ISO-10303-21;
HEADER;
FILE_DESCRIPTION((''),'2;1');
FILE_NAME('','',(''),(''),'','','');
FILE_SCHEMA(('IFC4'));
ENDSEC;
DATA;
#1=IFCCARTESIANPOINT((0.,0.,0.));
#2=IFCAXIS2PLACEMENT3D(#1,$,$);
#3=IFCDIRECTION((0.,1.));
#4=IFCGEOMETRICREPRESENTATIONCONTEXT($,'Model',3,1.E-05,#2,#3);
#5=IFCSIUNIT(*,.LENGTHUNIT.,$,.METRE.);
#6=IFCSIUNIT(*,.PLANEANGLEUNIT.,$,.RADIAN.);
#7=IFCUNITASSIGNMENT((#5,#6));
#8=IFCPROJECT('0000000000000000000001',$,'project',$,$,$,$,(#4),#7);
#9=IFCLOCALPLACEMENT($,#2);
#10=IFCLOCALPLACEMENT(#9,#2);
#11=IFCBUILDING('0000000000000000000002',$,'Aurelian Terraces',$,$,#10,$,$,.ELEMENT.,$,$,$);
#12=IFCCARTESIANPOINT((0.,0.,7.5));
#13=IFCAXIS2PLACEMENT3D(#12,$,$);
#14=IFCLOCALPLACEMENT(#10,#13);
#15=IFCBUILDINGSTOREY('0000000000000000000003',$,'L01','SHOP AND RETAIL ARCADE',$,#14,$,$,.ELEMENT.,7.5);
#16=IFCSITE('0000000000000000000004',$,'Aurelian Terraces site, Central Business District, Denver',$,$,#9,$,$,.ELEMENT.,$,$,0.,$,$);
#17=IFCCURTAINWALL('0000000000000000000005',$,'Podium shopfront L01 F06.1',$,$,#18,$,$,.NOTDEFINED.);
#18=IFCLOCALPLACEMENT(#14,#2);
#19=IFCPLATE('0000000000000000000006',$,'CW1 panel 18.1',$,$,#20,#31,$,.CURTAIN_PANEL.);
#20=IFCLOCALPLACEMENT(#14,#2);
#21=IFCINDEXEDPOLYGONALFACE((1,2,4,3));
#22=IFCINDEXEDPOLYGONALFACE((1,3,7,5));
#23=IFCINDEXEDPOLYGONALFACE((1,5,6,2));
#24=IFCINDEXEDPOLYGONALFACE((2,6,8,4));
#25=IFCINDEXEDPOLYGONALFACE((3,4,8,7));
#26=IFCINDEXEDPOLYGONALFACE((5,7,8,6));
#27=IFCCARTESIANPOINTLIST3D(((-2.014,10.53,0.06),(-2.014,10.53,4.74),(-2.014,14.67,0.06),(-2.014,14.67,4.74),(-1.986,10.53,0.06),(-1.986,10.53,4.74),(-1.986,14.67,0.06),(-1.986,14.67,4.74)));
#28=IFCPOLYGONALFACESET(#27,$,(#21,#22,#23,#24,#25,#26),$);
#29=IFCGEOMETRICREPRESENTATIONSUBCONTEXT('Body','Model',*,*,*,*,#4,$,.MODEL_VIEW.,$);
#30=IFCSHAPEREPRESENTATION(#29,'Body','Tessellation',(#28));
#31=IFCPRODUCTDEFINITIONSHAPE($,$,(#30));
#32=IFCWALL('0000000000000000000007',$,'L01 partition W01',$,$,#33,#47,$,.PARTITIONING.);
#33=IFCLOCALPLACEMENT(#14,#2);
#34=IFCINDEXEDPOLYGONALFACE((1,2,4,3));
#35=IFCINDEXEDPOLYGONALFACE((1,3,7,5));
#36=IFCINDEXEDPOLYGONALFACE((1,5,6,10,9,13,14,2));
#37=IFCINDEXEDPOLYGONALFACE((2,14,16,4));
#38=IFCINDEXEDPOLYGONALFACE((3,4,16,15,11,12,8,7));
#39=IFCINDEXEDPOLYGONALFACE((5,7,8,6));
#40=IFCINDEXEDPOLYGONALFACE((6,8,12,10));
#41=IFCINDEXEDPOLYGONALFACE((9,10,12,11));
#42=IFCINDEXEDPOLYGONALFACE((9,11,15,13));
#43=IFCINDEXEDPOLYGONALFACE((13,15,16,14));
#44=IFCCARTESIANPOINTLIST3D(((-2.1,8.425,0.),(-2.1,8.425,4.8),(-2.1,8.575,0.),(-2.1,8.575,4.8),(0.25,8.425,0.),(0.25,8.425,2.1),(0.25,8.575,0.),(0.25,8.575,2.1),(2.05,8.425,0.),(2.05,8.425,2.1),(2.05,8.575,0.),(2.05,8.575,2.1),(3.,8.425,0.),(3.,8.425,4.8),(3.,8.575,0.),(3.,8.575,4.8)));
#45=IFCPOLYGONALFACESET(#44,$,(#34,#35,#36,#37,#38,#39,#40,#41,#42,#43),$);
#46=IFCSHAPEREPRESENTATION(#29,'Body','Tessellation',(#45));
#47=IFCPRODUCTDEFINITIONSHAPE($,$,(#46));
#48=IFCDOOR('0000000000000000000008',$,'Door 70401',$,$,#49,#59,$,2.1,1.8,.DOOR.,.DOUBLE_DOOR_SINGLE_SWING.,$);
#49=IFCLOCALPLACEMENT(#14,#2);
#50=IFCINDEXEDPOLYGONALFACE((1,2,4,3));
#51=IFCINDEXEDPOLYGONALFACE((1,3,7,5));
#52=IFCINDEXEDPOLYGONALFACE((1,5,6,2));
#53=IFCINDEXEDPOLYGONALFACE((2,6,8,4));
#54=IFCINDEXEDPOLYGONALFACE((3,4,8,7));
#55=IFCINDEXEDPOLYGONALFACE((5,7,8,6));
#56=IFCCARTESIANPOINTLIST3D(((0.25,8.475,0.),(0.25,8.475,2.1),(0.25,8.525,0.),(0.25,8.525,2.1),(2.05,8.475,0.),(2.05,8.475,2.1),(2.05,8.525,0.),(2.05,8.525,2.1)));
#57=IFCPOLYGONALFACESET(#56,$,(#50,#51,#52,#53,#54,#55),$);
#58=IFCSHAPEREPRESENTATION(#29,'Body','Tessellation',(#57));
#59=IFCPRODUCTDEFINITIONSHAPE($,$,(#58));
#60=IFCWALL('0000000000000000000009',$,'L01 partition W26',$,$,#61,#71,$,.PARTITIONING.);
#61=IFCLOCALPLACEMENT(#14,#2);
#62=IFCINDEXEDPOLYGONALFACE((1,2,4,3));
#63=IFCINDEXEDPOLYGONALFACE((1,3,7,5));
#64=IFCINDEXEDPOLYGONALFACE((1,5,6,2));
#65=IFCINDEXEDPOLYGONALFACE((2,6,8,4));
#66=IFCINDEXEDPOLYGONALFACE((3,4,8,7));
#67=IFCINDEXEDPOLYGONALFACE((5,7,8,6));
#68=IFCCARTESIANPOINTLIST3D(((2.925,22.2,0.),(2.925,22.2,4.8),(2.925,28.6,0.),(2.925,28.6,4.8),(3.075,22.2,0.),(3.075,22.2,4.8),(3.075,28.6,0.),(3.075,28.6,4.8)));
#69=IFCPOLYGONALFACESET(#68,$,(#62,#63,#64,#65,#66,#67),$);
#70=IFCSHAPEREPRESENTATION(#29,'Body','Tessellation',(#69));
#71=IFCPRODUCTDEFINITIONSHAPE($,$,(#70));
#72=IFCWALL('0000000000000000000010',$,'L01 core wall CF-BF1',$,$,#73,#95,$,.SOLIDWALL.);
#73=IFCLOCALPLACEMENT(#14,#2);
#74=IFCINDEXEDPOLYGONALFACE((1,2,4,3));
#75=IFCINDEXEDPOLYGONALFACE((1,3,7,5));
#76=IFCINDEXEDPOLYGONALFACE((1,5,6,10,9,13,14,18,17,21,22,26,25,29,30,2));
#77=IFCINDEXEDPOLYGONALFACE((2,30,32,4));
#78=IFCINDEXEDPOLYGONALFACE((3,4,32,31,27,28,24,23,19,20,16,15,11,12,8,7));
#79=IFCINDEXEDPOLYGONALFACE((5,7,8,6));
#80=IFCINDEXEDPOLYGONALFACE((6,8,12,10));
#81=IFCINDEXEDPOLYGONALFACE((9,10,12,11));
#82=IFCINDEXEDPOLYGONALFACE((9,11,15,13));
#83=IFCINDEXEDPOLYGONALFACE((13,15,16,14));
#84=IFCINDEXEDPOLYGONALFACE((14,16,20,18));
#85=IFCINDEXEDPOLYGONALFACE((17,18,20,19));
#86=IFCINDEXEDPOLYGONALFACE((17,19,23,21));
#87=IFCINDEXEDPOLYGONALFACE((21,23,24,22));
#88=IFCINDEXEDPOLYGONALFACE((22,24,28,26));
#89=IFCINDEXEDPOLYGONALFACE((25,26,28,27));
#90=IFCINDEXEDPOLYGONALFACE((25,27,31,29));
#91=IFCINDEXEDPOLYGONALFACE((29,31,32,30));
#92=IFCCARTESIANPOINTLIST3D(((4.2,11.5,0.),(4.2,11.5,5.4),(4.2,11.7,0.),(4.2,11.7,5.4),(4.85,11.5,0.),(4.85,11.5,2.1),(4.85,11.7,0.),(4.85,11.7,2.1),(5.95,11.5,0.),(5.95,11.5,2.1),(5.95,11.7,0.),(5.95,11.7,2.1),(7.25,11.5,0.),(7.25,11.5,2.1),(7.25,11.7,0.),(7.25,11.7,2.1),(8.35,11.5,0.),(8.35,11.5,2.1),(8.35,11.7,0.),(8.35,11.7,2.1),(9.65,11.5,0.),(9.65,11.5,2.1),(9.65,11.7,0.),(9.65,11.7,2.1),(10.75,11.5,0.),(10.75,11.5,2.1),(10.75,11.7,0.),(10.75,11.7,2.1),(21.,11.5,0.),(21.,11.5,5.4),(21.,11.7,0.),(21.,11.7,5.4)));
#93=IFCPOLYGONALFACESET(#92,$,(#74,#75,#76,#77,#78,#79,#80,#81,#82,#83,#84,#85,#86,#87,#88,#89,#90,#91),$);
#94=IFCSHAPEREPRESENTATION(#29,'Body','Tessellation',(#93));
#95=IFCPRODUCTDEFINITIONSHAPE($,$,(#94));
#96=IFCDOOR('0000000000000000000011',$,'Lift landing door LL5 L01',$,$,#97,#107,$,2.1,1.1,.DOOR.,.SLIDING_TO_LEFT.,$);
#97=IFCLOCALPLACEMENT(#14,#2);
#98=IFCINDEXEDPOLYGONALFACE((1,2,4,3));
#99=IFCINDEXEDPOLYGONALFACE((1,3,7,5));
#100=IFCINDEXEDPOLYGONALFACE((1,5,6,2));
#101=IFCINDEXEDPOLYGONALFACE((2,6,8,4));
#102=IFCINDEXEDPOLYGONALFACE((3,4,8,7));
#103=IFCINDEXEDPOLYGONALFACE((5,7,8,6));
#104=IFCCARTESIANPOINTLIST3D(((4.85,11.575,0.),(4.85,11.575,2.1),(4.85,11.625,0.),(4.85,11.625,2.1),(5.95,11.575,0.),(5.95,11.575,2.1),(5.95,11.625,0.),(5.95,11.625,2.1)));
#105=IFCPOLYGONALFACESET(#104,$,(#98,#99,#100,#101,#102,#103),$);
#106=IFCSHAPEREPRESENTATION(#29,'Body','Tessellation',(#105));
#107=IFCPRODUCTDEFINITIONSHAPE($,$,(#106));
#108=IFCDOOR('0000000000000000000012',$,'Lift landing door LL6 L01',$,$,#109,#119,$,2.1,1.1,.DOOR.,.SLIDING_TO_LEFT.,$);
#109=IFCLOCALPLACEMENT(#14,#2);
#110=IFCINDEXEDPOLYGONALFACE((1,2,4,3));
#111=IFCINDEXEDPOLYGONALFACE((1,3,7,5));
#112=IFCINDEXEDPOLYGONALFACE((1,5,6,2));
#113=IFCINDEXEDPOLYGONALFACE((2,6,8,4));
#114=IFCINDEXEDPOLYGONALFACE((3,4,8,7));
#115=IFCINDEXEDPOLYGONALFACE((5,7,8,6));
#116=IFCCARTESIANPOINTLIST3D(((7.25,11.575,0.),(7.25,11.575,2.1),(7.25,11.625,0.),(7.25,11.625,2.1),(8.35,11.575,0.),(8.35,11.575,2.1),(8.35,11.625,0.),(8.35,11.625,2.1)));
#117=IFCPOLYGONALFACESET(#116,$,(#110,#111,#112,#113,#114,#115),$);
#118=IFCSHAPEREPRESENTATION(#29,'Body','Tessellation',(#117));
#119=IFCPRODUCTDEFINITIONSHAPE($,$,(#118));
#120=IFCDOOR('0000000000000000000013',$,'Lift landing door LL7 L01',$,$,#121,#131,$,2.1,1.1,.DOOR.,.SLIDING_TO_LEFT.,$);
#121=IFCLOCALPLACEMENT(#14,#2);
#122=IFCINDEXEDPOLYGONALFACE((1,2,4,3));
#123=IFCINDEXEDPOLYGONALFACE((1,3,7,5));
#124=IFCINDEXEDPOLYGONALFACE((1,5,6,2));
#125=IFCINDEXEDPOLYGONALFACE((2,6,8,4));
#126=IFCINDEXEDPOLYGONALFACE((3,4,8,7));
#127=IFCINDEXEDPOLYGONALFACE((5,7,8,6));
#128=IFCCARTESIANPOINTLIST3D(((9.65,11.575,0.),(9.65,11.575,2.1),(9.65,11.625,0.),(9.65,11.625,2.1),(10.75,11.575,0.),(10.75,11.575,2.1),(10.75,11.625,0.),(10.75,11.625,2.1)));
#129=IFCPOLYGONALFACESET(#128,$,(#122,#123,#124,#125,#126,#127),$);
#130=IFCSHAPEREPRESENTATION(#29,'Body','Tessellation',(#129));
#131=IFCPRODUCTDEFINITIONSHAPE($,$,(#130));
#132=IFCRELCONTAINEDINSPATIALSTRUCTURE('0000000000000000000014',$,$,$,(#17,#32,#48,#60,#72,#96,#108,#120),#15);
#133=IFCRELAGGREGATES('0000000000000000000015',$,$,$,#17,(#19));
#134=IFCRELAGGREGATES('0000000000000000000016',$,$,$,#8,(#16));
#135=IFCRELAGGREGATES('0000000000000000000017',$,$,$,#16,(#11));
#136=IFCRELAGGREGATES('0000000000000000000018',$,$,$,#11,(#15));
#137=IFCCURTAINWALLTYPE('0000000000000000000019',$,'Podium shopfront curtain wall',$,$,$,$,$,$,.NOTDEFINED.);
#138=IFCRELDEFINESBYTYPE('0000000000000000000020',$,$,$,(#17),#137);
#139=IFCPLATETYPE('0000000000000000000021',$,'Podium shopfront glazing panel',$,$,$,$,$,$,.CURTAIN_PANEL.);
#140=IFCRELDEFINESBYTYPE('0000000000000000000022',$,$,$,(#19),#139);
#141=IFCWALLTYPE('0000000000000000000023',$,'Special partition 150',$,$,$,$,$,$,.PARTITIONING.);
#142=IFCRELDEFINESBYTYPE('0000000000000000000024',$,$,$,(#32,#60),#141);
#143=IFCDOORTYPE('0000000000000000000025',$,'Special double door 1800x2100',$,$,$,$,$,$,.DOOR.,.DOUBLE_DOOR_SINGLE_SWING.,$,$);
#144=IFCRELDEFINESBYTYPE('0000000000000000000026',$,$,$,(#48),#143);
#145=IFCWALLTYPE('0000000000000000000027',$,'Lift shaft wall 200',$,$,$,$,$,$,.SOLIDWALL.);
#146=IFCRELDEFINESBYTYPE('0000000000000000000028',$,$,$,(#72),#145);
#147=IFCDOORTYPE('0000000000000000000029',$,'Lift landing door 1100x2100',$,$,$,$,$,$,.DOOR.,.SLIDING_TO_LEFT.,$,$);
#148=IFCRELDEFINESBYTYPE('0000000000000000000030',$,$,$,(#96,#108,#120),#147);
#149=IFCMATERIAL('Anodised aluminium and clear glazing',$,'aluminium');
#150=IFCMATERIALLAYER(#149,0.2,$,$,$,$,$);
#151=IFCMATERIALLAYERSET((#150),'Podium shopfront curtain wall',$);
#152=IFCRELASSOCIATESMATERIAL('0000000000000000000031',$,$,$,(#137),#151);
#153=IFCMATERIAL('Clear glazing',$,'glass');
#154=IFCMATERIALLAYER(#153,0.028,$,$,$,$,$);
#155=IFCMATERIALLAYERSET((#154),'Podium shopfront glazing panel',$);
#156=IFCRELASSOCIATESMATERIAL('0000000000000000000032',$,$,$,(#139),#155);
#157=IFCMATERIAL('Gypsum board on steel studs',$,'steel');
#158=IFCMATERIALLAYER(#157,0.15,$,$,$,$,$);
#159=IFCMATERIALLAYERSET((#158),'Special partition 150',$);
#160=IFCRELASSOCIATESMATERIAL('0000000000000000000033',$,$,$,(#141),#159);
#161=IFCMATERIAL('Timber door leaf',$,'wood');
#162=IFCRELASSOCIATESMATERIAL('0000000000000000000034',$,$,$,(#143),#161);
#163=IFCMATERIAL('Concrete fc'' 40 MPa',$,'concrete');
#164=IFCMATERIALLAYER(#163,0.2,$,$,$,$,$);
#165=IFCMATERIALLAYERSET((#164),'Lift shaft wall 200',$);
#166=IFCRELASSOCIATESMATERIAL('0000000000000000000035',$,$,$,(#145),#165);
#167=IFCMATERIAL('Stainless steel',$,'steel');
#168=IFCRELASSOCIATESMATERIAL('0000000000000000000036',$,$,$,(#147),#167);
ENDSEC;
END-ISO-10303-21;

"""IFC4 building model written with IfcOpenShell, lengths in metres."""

from ifc_helpers import new_model, si_unit, direction, frame, frame_2d, origin, origin_2d, place, context, subcontext, project, spatial, rectangle, extrude, source, transform, mapped, material, layer, layer_set, type_object, element, fill, aggregate, save


model = new_model("IFC4")

# Units and contexts
model_context = context("Model", 3, precision=1e-05, world=origin(), true_north=direction((0.0, 1.0)))
body_context = subcontext(model_context, "Body", "Model", "MODEL_VIEW")
ifc_project = project(units=[si_unit("LENGTHUNIT", "METRE"), si_unit("PLANEANGLEUNIT", "RADIAN")], contexts=[model_context])

# Site, building, storey
site_placement = place(None, origin())
site = spatial("IfcSite", under=ifc_project, at=site_placement, Name="Aurelian Terraces site, Central Business District, Denver", CompositionType="ELEMENT", RefElevation=0.0)
building_placement = place(site_placement, origin())
building = spatial("IfcBuilding", under=site, at=building_placement, Name="Aurelian Terraces", CompositionType="ELEMENT")
storey_placement = place(building_placement, frame((0.0, 0.0, 7.5)))
storey = spatial("IfcBuildingStorey", under=building, at=storey_placement, Name="L01", Description="SHOP AND RETAIL ARCADE", CompositionType="ELEMENT", Elevation=7.5)

# Curtain wall, plate
ifc_material_1 = material(Name="Anodised aluminium and clear glazing", Category="aluminium")
ifc_layer_1 = layer(ifc_material_1, 0.2)
ifc_layer_set_1 = layer_set([ifc_layer_1], Name="Podium shopfront curtain wall")
curtain_wall_type = type_object("IfcCurtainWallType", Name="Podium shopfront curtain wall", PredefinedType="NOTDEFINED", material=ifc_layer_set_1)
curtain_wall_placement = place(storey_placement, origin())
curtain_wall = element("IfcCurtainWall", 1, at=curtain_wall_placement, inside=storey, type_object=curtain_wall_type, Name="Podium shopfront L01 F06.1", PredefinedType="NOTDEFINED")
ifc_material_2 = material(Name="Clear glazing", Category="glass")
ifc_layer_2 = layer(ifc_material_2, 0.028)
ifc_layer_set_2 = layer_set([ifc_layer_2], Name="Podium shopfront glazing panel")
plate_type = type_object("IfcPlateType", Name="Podium shopfront glazing panel", PredefinedType="CURTAIN_PANEL", material=ifc_layer_set_2)
shared_shape_1 = source(origin(), body_context, "Body", "SweptSolid", [
    extrude(rectangle(XDim=4.14, YDim=0.028, at=origin_2d()), origin(), (0.0, 0.0, 1.0), 4.68),
])
plate_1_placement = place(storey_placement, frame((-2.0, 12.6, 0.06), z_axis=(0.0, 0.0, 1.0), x_axis=(0.0, -1.0, 0.0)))
plate_1 = element("IfcPlate", 2, at=plate_1_placement, type_object=plate_type, Name="CW1 panel 18.1", PredefinedType="CURTAIN_PANEL", context=body_context, shape_type="MappedRepresentation", body=[
    mapped(shared_shape_1, transform((0.0, 0.0, 0.0), scale=1.0)),
])
aggregate(curtain_wall, [plate_1])

# Wall, opening, door
ifc_material_3 = material(Name="Gypsum board on steel studs", Category="steel")
ifc_layer_3 = layer(ifc_material_3, 0.15)
ifc_layer_set_3 = layer_set([ifc_layer_3], Name="Special partition 150")
wall_type_1 = type_object("IfcWallType", Name="Special partition 150", PredefinedType="PARTITIONING", material=ifc_layer_set_3)
wall_1_placement = place(storey_placement, frame((-2.1, 8.5, 0.0), z_axis=(0.0, 0.0, 1.0), x_axis=(1.0, 0.0, 0.0)))
wall_1 = element("IfcWall", 3, at=wall_1_placement, inside=storey, type_object=wall_type_1, Name="L01 partition W01", PredefinedType="PARTITIONING", context=body_context, shape_type="SweptSolid", body=[
    extrude(rectangle(XDim=5.1, YDim=0.15, at=frame_2d((2.55, 0.0))), origin(), (0.0, 0.0, 1.0), 4.8),
])
shared_shape_2 = source(origin(), body_context, "Body", "SweptSolid", [
    extrude(rectangle(XDim=1.8, YDim=2.1, at=frame_2d((0.9, 1.05))), frame((0.0, 0.085, 0.0), z_axis=(0.0, -1.0, 0.0), x_axis=(1.0, 0.0, 0.0)), (0.0, 0.0, 1.0), 0.17),
])
opening_1_placement = place(wall_1_placement, frame((2.35, 0.0, 0.0)))
opening_1 = element("IfcOpeningElement", 4, at=opening_1_placement, cuts=wall_1, PredefinedType="OPENING", context=body_context, shape_type="MappedRepresentation", body=[
    mapped(shared_shape_2, transform((0.0, 0.0, 0.0), scale=1.0)),
])
ifc_material_4 = material(Name="Timber door leaf", Category="wood")
door_type_1 = type_object("IfcDoorType", Name="Special double door 1800x2100", OperationType="DOUBLE_DOOR_SINGLE_SWING", PredefinedType="DOOR", material=ifc_material_4)
shared_shape_3 = source(origin(), body_context, "Body", "SweptSolid", [
    extrude(rectangle(XDim=1.8, YDim=2.1, at=frame_2d((0.9, 1.05))), frame((0.0, 0.025, 0.0), z_axis=(0.0, -1.0, 0.0), x_axis=(1.0, 0.0, 0.0)), (0.0, 0.0, 1.0), 0.05),
])
door_1_placement = place(opening_1_placement, origin())
door_1 = element("IfcDoor", 5, at=door_1_placement, inside=storey, type_object=door_type_1, Name="Door 70401", OperationType="DOUBLE_DOOR_SINGLE_SWING", OverallHeight=2.1, OverallWidth=1.8, PredefinedType="DOOR", context=body_context, shape_type="MappedRepresentation", body=[
    mapped(shared_shape_3, transform((0.0, 0.0, 0.0), scale=1.0)),
])
fill(opening_1, door_1)

# Wall
wall_2_placement = place(storey_placement, frame((3.0, 22.2, 0.0), z_axis=(0.0, 0.0, 1.0), x_axis=(0.0, 1.0, 0.0)))
element("IfcWall", 6, at=wall_2_placement, inside=storey, type_object=wall_type_1, Name="L01 partition W26", PredefinedType="PARTITIONING", context=body_context, shape_type="SweptSolid", body=[
    extrude(rectangle(XDim=6.4, YDim=0.15, at=frame_2d((3.2, 0.0))), origin(), (0.0, 0.0, 1.0), 4.8),
])

# Wall, openings, doors
ifc_material_5 = material(Name="Concrete fc' 40 MPa", Category="concrete")
ifc_layer_4 = layer(ifc_material_5, 0.2)
ifc_layer_set_4 = layer_set([ifc_layer_4], Name="Lift shaft wall 200")
wall_type_2 = type_object("IfcWallType", Name="Lift shaft wall 200", PredefinedType="SOLIDWALL", material=ifc_layer_set_4)
shared_shape_4 = source(origin(), body_context, "Body", "SweptSolid", [
    extrude(rectangle(XDim=16.8, YDim=0.2, at=frame_2d((8.4, 0.0))), origin(), (0.0, 0.0, 1.0), 5.4),
])
wall_3_placement = place(storey_placement, frame((4.2, 11.6, 0.0), z_axis=(0.0, 0.0, 1.0), x_axis=(1.0, 0.0, 0.0)))
wall_3 = element("IfcWall", 7, at=wall_3_placement, inside=storey, type_object=wall_type_2, Name="L01 core wall CF-BF1", PredefinedType="SOLIDWALL", context=body_context, shape_type="MappedRepresentation", body=[
    mapped(shared_shape_4, transform((0.0, 0.0, 0.0), scale=1.0)),
])
shared_shape_5 = source(origin(), body_context, "Body", "SweptSolid", [
    extrude(rectangle(XDim=1.1, YDim=2.1, at=frame_2d((0.55, 1.05))), frame((0.0, 0.11, 0.0), z_axis=(0.0, -1.0, 0.0), x_axis=(1.0, 0.0, 0.0)), (0.0, 0.0, 1.0), 0.22),
])
opening_2_placement = place(wall_3_placement, frame((0.65, 0.0, 0.0)))
opening_2 = element("IfcOpeningElement", 8, at=opening_2_placement, cuts=wall_3, PredefinedType="OPENING", context=body_context, shape_type="MappedRepresentation", body=[
    mapped(shared_shape_5, transform((0.0, 0.0, 0.0), scale=1.0)),
])
opening_3_placement = place(wall_3_placement, frame((3.05, 0.0, 0.0)))
opening_3 = element("IfcOpeningElement", 9, at=opening_3_placement, cuts=wall_3, PredefinedType="OPENING", context=body_context, shape_type="MappedRepresentation", body=[
    mapped(shared_shape_5, transform((0.0, 0.0, 0.0), scale=1.0)),
])
opening_4_placement = place(wall_3_placement, frame((5.45, 0.0, 0.0)))
opening_4 = element("IfcOpeningElement", 10, at=opening_4_placement, cuts=wall_3, PredefinedType="OPENING", context=body_context, shape_type="MappedRepresentation", body=[
    mapped(shared_shape_5, transform((0.0, 0.0, 0.0), scale=1.0)),
])
ifc_material_6 = material(Name="Stainless steel", Category="steel")
door_type_2 = type_object("IfcDoorType", Name="Lift landing door 1100x2100", OperationType="SLIDING_TO_LEFT", PredefinedType="DOOR", material=ifc_material_6)
shared_shape_6 = source(origin(), body_context, "Body", "SweptSolid", [
    extrude(rectangle(XDim=1.1, YDim=2.1, at=frame_2d((0.55, 1.05))), frame((0.0, 0.025, 0.0), z_axis=(0.0, -1.0, 0.0), x_axis=(1.0, 0.0, 0.0)), (0.0, 0.0, 1.0), 0.05),
])
door_2_placement = place(opening_2_placement, origin())
door_2 = element("IfcDoor", 11, at=door_2_placement, inside=storey, type_object=door_type_2, Name="Lift landing door LL5 L01", OperationType="SLIDING_TO_LEFT", OverallHeight=2.1, OverallWidth=1.1, PredefinedType="DOOR", context=body_context, shape_type="MappedRepresentation", body=[
    mapped(shared_shape_6, transform((0.0, 0.0, 0.0), scale=1.0)),
])
fill(opening_2, door_2)
door_3_placement = place(opening_3_placement, origin())
door_3 = element("IfcDoor", 12, at=door_3_placement, inside=storey, type_object=door_type_2, Name="Lift landing door LL6 L01", OperationType="SLIDING_TO_LEFT", OverallHeight=2.1, OverallWidth=1.1, PredefinedType="DOOR", context=body_context, shape_type="MappedRepresentation", body=[
    mapped(shared_shape_6, transform((0.0, 0.0, 0.0), scale=1.0)),
])
fill(opening_3, door_3)
door_4_placement = place(opening_4_placement, origin())
door_4 = element("IfcDoor", 13, at=door_4_placement, inside=storey, type_object=door_type_2, Name="Lift landing door LL7 L01", OperationType="SLIDING_TO_LEFT", OverallHeight=2.1, OverallWidth=1.1, PredefinedType="DOOR", context=body_context, shape_type="MappedRepresentation", body=[
    mapped(shared_shape_6, transform((0.0, 0.0, 0.0), scale=1.0)),
])
fill(opening_4, door_4)

save(model, "model.ifc")
